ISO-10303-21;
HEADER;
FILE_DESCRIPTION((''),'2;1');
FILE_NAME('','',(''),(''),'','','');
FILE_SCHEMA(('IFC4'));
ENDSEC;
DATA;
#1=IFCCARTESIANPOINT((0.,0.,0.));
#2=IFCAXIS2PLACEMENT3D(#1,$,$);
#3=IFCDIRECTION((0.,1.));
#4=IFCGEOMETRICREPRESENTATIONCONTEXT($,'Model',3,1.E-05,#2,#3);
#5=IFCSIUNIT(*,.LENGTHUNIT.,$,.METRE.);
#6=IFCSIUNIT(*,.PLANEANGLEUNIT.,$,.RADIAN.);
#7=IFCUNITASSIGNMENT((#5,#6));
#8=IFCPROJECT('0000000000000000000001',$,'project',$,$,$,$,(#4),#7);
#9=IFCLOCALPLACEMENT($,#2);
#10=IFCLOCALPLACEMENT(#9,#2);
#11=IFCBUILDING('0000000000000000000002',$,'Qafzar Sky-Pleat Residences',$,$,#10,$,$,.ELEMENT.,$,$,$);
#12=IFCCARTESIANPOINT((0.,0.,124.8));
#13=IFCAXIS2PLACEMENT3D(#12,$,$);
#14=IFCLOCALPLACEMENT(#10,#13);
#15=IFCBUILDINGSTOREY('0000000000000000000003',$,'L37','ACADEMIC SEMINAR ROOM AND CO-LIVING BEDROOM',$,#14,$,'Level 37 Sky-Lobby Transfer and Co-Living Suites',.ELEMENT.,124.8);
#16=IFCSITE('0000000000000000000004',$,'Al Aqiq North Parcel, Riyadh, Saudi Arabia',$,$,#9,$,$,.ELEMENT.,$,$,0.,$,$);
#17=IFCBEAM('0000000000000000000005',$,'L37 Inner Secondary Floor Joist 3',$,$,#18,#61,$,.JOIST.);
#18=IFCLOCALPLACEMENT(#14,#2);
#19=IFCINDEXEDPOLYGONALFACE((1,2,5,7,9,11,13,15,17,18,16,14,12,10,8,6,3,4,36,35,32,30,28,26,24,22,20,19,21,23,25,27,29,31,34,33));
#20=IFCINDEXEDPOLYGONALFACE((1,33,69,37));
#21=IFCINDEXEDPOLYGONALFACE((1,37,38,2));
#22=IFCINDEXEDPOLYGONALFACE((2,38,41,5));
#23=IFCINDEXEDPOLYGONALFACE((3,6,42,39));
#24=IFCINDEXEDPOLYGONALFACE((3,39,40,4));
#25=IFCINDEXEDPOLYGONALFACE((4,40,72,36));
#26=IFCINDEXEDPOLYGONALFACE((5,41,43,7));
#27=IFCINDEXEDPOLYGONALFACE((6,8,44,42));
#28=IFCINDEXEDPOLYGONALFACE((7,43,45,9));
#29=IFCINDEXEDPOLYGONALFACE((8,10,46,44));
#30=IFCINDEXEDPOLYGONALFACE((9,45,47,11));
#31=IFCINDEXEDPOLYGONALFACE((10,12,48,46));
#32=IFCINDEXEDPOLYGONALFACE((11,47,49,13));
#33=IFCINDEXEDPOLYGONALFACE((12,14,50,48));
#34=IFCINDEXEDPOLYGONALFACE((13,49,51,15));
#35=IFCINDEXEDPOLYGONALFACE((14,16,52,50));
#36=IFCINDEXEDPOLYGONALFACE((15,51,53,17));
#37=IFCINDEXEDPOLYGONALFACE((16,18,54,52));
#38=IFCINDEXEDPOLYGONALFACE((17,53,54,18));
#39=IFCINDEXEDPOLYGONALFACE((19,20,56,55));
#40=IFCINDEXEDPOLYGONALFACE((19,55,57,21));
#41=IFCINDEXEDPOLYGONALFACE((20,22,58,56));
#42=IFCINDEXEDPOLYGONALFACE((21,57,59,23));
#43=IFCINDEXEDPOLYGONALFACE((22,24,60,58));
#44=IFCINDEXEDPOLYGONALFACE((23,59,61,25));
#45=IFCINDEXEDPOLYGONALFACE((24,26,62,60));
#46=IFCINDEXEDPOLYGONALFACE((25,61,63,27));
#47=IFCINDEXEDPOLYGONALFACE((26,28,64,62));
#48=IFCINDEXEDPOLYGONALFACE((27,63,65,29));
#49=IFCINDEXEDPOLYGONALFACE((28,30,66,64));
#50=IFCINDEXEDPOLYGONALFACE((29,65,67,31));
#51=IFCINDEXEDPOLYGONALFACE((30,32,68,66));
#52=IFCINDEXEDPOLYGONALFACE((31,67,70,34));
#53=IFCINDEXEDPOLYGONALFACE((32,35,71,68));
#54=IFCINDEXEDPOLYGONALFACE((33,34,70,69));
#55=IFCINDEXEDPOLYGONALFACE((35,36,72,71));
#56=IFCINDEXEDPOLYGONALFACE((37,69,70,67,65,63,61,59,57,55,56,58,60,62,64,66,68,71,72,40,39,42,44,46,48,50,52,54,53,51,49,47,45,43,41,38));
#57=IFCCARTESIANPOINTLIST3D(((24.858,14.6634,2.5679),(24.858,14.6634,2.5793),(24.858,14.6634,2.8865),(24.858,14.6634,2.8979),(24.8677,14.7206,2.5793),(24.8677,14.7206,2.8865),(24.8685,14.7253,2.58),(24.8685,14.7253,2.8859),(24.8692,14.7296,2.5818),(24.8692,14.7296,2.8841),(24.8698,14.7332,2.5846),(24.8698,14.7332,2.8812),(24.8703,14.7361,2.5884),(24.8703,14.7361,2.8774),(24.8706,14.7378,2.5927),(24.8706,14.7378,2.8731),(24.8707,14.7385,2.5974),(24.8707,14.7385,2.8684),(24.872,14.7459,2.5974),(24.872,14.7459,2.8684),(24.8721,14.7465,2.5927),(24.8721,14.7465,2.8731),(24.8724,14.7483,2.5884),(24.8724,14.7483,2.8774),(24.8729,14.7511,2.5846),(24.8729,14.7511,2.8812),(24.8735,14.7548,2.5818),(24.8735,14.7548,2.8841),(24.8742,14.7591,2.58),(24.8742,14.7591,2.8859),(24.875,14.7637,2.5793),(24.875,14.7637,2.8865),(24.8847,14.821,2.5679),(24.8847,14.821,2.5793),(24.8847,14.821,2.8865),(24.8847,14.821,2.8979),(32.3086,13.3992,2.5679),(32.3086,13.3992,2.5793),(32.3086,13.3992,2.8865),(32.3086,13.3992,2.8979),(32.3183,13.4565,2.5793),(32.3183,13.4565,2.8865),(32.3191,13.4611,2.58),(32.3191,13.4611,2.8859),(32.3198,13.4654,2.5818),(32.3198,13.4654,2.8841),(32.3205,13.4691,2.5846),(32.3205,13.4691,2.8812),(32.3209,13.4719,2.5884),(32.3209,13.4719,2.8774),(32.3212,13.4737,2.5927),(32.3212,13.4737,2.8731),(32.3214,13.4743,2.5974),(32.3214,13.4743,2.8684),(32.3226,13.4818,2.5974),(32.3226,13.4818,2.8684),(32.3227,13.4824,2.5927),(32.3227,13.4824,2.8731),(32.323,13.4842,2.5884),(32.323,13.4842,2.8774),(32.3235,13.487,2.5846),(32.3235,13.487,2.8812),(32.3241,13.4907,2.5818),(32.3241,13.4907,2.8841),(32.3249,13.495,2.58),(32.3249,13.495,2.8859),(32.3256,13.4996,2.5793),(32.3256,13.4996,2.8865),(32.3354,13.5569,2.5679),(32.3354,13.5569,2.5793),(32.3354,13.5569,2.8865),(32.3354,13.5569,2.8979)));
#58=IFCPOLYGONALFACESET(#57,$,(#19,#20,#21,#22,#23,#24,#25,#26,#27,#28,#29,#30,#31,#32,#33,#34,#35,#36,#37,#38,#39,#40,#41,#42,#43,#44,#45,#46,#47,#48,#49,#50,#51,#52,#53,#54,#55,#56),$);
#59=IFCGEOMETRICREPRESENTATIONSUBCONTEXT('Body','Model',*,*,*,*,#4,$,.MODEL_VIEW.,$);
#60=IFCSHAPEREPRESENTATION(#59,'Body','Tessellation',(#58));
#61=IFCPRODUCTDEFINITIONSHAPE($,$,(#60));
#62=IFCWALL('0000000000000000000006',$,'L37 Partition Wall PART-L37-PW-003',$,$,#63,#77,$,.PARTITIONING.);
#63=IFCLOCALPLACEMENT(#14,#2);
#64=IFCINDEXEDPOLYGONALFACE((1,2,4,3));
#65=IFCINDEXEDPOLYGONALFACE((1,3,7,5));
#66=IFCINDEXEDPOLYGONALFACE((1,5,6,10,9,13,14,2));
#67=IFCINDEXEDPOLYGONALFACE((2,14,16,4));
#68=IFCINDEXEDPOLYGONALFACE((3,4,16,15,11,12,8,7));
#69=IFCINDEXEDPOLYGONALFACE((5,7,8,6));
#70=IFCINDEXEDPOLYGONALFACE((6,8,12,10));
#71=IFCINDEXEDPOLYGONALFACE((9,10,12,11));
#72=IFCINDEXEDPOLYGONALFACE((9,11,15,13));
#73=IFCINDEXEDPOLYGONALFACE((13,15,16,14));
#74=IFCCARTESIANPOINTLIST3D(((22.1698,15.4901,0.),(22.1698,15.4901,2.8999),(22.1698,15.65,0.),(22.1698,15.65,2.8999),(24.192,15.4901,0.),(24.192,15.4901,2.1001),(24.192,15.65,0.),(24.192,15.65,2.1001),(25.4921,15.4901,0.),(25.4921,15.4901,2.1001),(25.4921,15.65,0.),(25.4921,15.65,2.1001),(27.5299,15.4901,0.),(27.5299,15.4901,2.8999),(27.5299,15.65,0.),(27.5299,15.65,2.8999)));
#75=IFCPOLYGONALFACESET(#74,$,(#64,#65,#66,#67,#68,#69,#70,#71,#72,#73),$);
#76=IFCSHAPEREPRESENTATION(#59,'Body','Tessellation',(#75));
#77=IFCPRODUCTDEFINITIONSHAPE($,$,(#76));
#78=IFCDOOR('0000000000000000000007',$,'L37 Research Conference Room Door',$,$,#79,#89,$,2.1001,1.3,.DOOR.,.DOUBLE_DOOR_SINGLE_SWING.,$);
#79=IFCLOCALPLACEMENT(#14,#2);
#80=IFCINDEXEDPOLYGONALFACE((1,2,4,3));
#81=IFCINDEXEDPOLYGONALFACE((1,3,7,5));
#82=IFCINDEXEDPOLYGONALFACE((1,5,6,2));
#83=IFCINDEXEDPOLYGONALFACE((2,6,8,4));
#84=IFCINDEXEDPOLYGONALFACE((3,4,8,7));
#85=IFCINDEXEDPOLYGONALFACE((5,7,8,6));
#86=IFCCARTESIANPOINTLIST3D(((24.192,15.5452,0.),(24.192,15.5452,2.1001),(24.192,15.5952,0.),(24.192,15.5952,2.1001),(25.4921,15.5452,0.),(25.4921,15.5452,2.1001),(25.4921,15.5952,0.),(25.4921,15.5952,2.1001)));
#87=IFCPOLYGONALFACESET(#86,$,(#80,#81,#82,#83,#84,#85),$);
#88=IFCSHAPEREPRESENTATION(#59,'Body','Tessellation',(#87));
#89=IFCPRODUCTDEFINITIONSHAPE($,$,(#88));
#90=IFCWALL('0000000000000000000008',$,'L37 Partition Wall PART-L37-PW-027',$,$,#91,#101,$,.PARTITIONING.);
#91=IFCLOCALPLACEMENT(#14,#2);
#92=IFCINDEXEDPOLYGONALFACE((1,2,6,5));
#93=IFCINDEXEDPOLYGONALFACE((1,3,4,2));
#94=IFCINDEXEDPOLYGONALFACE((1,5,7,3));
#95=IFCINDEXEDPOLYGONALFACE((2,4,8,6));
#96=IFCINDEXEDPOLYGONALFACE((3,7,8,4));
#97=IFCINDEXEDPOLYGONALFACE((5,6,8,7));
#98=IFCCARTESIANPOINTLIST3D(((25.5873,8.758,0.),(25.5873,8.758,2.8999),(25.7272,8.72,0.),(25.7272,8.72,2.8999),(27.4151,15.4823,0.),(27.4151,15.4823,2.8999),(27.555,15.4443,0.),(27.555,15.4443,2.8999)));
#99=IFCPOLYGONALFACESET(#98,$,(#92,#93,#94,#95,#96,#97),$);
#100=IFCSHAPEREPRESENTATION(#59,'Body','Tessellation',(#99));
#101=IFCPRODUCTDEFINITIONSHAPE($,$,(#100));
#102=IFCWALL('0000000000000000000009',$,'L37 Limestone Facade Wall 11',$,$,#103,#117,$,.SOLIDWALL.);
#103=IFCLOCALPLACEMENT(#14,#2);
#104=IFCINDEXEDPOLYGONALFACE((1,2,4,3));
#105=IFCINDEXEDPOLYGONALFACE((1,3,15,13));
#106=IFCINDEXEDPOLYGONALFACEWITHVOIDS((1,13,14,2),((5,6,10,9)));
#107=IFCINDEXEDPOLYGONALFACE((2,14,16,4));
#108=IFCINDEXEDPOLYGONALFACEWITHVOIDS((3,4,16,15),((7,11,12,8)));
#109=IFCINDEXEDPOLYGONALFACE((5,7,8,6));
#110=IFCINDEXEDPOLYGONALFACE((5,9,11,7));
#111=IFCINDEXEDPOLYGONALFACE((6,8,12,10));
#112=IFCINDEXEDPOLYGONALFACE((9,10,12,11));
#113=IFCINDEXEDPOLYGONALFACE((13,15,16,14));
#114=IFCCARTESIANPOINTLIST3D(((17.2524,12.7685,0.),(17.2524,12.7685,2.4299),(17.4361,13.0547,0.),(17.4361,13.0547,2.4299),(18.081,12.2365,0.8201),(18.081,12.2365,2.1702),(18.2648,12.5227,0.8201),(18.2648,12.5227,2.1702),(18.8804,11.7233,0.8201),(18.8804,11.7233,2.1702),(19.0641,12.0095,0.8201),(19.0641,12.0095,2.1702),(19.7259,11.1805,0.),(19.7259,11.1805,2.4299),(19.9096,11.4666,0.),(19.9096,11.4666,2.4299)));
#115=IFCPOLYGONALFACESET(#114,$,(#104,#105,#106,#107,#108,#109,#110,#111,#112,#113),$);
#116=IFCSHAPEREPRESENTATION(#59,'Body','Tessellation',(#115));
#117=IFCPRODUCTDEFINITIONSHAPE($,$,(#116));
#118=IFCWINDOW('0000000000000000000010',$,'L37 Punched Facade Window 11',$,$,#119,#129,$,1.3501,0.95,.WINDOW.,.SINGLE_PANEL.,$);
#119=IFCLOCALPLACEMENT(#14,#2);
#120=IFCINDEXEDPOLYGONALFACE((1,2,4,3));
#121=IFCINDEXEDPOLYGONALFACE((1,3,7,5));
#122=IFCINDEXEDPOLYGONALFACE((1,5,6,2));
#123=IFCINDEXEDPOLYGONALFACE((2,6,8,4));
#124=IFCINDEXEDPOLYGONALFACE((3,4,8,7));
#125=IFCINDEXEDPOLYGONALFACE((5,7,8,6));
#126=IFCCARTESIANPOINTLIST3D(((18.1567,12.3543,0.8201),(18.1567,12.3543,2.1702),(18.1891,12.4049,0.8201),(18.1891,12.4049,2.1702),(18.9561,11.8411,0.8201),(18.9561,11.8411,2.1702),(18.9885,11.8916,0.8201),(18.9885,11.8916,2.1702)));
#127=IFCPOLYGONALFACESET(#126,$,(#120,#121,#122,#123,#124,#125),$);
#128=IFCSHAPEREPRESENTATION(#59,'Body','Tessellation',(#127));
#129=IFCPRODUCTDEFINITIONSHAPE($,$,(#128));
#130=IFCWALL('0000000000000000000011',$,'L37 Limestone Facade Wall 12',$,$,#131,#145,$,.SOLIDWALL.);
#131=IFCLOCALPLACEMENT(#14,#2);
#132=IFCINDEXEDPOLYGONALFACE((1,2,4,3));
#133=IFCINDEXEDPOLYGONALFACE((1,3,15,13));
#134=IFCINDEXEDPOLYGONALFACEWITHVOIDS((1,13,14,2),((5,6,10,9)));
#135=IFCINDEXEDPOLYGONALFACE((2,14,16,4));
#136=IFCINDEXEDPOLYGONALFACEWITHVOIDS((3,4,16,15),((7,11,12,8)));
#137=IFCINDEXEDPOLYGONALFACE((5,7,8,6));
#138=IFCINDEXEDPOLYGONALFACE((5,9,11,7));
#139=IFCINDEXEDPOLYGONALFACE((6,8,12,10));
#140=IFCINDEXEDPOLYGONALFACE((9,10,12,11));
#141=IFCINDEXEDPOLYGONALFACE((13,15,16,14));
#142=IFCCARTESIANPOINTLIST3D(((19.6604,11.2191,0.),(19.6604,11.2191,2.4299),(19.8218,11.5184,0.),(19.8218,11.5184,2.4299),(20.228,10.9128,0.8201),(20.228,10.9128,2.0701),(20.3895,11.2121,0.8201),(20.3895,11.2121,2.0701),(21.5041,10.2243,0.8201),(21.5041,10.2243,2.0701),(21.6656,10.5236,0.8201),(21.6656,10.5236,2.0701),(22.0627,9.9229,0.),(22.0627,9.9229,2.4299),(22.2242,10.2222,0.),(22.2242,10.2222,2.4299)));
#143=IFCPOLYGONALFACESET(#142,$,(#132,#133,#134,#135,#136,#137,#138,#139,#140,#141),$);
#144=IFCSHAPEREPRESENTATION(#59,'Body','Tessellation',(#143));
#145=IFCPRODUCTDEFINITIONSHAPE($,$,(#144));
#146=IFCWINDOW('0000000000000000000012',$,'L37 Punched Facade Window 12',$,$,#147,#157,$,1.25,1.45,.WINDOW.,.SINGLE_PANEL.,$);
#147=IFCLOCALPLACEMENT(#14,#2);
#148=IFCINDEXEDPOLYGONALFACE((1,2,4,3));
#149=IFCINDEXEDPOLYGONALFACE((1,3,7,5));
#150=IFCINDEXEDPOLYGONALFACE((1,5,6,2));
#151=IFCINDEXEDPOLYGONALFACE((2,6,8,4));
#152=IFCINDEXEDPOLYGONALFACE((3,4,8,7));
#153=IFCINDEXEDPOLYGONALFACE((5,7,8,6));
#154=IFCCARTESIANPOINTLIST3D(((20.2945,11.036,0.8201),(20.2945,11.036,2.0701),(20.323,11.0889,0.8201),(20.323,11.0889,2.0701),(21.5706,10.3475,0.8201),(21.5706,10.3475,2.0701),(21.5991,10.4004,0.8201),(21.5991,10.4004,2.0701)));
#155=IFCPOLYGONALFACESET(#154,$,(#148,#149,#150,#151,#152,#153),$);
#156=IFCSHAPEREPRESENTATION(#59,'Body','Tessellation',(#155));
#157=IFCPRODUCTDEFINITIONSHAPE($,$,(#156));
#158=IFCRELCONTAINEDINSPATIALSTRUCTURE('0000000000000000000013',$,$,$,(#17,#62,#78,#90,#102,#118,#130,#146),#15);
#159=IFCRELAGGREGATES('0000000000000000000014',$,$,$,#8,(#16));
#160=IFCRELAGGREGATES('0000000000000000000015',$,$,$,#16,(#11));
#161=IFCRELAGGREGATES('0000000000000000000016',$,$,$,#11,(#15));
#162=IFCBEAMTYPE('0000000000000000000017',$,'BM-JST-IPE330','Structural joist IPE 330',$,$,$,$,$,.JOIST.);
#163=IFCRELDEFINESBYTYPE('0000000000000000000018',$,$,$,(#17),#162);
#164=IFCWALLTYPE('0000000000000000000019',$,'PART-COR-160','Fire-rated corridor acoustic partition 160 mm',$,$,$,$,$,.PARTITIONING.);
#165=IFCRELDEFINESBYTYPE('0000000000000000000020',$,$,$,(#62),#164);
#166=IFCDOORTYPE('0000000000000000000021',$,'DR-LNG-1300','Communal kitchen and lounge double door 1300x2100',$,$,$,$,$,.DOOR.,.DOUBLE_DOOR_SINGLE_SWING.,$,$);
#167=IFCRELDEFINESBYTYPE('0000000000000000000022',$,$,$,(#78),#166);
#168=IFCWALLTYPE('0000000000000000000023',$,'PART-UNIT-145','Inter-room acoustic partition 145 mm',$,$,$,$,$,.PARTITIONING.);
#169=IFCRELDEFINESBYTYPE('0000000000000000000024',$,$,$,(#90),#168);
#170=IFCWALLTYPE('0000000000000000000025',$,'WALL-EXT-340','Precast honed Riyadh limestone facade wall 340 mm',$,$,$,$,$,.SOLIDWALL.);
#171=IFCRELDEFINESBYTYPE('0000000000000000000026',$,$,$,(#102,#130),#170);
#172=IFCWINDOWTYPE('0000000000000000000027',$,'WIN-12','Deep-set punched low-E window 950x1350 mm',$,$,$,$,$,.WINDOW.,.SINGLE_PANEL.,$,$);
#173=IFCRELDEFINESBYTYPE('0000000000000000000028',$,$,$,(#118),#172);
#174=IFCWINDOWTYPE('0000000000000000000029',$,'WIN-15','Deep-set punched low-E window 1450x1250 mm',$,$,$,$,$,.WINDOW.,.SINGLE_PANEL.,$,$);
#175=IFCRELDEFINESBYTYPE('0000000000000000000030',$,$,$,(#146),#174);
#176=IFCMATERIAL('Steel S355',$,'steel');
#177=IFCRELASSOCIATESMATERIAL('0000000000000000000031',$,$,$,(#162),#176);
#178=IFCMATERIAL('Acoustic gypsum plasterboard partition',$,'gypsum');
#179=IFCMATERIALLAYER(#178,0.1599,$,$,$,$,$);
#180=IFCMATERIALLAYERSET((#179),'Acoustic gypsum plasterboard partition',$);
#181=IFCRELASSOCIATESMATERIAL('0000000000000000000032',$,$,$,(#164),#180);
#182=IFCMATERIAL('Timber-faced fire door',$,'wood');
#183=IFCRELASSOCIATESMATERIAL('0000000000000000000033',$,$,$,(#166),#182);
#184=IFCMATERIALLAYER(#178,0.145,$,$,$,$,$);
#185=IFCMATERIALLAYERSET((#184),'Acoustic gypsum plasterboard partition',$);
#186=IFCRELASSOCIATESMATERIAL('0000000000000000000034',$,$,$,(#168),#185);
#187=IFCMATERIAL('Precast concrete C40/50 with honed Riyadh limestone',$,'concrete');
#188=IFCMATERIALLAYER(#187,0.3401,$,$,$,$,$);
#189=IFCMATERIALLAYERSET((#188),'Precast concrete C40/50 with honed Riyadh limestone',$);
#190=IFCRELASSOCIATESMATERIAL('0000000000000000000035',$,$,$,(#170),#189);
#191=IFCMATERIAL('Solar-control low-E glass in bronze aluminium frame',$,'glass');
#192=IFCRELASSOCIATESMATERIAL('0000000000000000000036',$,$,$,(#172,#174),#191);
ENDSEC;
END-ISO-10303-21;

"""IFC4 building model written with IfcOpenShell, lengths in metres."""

from ifc_helpers import new_model, si_unit, direction, frame, frame_2d, origin, origin_2d, place, context, subcontext, project, spatial, rectangle, i_section, extrude, source, transform, mapped, material, layer, layer_set, material_profile, profile_set, type_object, element, fill, save


model = new_model("IFC4")

# Units and contexts
model_context = context("Model", 3, precision=1e-05, world=origin(), true_north=direction((0.0, 1.0)))
body_context = subcontext(model_context, "Body", "Model", "MODEL_VIEW")
ifc_project = project(units=[si_unit("LENGTHUNIT", "METRE"), si_unit("PLANEANGLEUNIT", "RADIAN")], contexts=[model_context])

# Site, building, storey
site_placement = place(None, origin())
site = spatial("IfcSite", under=ifc_project, at=site_placement, Name="Al Aqiq North Parcel, Riyadh, Saudi Arabia", CompositionType="ELEMENT", RefElevation=0.0)
building_placement = place(site_placement, origin())
building = spatial("IfcBuilding", under=site, at=building_placement, Name="Qafzar Sky-Pleat Residences", CompositionType="ELEMENT")
storey_placement = place(building_placement, frame((0.0, 0.0, 124.8)))
storey = spatial("IfcBuildingStorey", under=building, at=storey_placement, Name="L37", Description="ACADEMIC SEMINAR ROOM AND CO-LIVING BEDROOM", LongName="Level 37 Sky-Lobby Transfer and Co-Living Suites", CompositionType="ELEMENT", Elevation=124.8)

# Beam
ifc_material_1 = material(Name="Steel S355", Category="steel")
ifc_material_profile_1 = material_profile(ifc_material_1, i_section(OverallWidth=0.1599, OverallDepth=0.3301, WebThickness=0.0076, FlangeThickness=0.0115, FilletRadius=0.0181, at=origin_2d()), Name="IPE 330")
ifc_profile_set_1 = profile_set([ifc_material_profile_1], Name="Steel S355")
beam_type_1 = type_object("IfcBeamType", Name="BM-JST-IPE330", Description="Structural joist IPE 330", PredefinedType="JOIST", material=ifc_profile_set_1)
shared_shape_1 = source(origin(), body_context, "Body", "SweptSolid", [
    extrude(i_section(OverallWidth=0.1599, OverallDepth=0.3301, WebThickness=0.0076, FlangeThickness=0.0115, FilletRadius=0.0181, at=origin_2d()), origin(), (0.0, 0.0, 1.0), 7.5571),
])
beam_1_placement = place(storey_placement, frame((24.8713, 14.7422, 2.7329), z_axis=(0.985909, -0.16728, 0.0), x_axis=(0.16728, 0.985909, 0.0)))
element("IfcBeam", 1, at=beam_1_placement, inside=storey, type_object=beam_type_1, Name="L37 Inner Secondary Floor Joist 3", PredefinedType="JOIST", context=body_context, shape_type="MappedRepresentation", body=[
    mapped(shared_shape_1, transform((0.0, 0.0, 0.0), x_axis=(1.0, 0.0, 0.0), y_axis=(0.0, 1.0, 0.0), z_axis=(0.0, 0.0, 1.0), scale=1.0)),
])

# Wall, opening, door
ifc_material_2 = material(Name="Acoustic gypsum plasterboard partition", Category="gypsum")
ifc_layer_1 = layer(ifc_material_2, 0.1599)
ifc_layer_set_1 = layer_set([ifc_layer_1], Name="Acoustic gypsum plasterboard partition")
wall_type_1 = type_object("IfcWallType", Name="PART-COR-160", Description="Fire-rated corridor acoustic partition 160 mm", PredefinedType="PARTITIONING", material=ifc_layer_set_1)
wall_1_placement = place(storey_placement, frame((27.53, 15.5701, 0.0), z_axis=(0.0, 0.0, 1.0), x_axis=(-1.0, 0.0, 0.0)))
wall_1 = element("IfcWall", 2, at=wall_1_placement, inside=storey, type_object=wall_type_1, Name="L37 Partition Wall PART-L37-PW-003", PredefinedType="PARTITIONING", context=body_context, shape_type="SweptSolid", body=[
    extrude(rectangle(XDim=5.3601, YDim=0.1599, at=frame_2d((2.6802, 0.0))), origin(), (0.0, 0.0, 1.0), 2.8999),
])
opening_1_placement = place(wall_1_placement, frame((2.0381, 0.0, 0.0)))
opening_1 = element("IfcOpeningElement", 3, at=opening_1_placement, cuts=wall_1, PredefinedType="OPENING", context=body_context, shape_type="SweptSolid", body=[
    extrude(rectangle(XDim=1.3, YDim=2.1001, at=frame_2d((0.6499, 1.05))), frame((0.0, 0.0898, 0.0), z_axis=(0.0, -1.0, 0.0), x_axis=(1.0, 0.0, 0.0)), (0.0, 0.0, 1.0), 0.1799),
])
ifc_material_3 = material(Name="Timber-faced fire door", Category="wood")
door_type = type_object("IfcDoorType", Name="DR-LNG-1300", Description="Communal kitchen and lounge double door 1300x2100", OperationType="DOUBLE_DOOR_SINGLE_SWING", PredefinedType="DOOR", material=ifc_material_3)
shared_shape_2 = source(origin(), body_context, "Body", "SweptSolid", [
    extrude(rectangle(XDim=1.3, YDim=2.1001, at=frame_2d((0.6499, 1.05))), frame((0.0, 0.0249, 0.0), z_axis=(0.0, -1.0, 0.0), x_axis=(1.0, 0.0, 0.0)), (0.0, 0.0, 1.0), 0.05),
])
door_placement = place(opening_1_placement, origin())
door = element("IfcDoor", 4, at=door_placement, inside=storey, type_object=door_type, Name="L37 Research Conference Room Door", OperationType="DOUBLE_DOOR_SINGLE_SWING", OverallHeight=2.1001, OverallWidth=1.3, PredefinedType="DOOR", context=body_context, shape_type="MappedRepresentation", body=[
    mapped(shared_shape_2, transform((0.0, 0.0, 0.0), x_axis=(1.0, 0.0, 0.0), y_axis=(0.0, 1.0, 0.0), z_axis=(0.0, 0.0, 1.0), scale=1.0)),
])
fill(opening_1, door)

# Wall
ifc_layer_2 = layer(ifc_material_2, 0.145)
ifc_layer_set_2 = layer_set([ifc_layer_2], Name="Acoustic gypsum plasterboard partition")
wall_type_2 = type_object("IfcWallType", Name="PART-UNIT-145", Description="Inter-room acoustic partition 145 mm", PredefinedType="PARTITIONING", material=ifc_layer_set_2)
wall_2_placement = place(storey_placement, frame((25.6572, 8.739, 0.0), z_axis=(0.0, 0.0, 1.0), x_axis=(0.262311, 0.964983, 0.0)))
element("IfcWall", 5, at=wall_2_placement, inside=storey, type_object=wall_type_2, Name="L37 Partition Wall PART-L37-PW-027", PredefinedType="PARTITIONING", context=body_context, shape_type="SweptSolid", body=[
    extrude(rectangle(XDim=6.9683, YDim=0.145, at=frame_2d((3.4841, 0.0))), origin(), (0.0, 0.0, 1.0), 2.8999),
])

# Walls, openings, windows
ifc_material_4 = material(Name="Precast concrete C40/50 with honed Riyadh limestone", Category="concrete")
ifc_layer_3 = layer(ifc_material_4, 0.3401)
ifc_layer_set_3 = layer_set([ifc_layer_3], Name="Precast concrete C40/50 with honed Riyadh limestone")
wall_type_3 = type_object("IfcWallType", Name="WALL-EXT-340", Description="Precast honed Riyadh limestone facade wall 340 mm", PredefinedType="SOLIDWALL", material=ifc_layer_set_3)
wall_3_placement = place(storey_placement, frame((17.3442, 12.9116, 0.0), z_axis=(0.0, 0.0, 1.0), x_axis=(0.841497, -0.540262, 0.0)))
wall_3 = element("IfcWall", 6, at=wall_3_placement, inside=storey, type_object=wall_type_3, Name="L37 Limestone Facade Wall 11", PredefinedType="SOLIDWALL", context=body_context, shape_type="SweptSolid", body=[
    extrude(rectangle(XDim=2.9395, YDim=0.3401, at=frame_2d((1.4697, 0.0))), origin(), (0.0, 0.0, 1.0), 2.4299),
])
opening_2_placement = place(wall_3_placement, frame((0.9846, 0.0, 0.8201)))
opening_2 = element("IfcOpeningElement", 7, at=opening_2_placement, cuts=wall_3, PredefinedType="OPENING", context=body_context, shape_type="SweptSolid", body=[
    extrude(rectangle(XDim=0.95, YDim=1.3501, at=frame_2d((0.4751, 0.675))), frame((0.0, 0.1802, 0.0), z_axis=(0.0, -1.0, 0.0), x_axis=(1.0, 0.0, 0.0)), (0.0, 0.0, 1.0), 0.3601),
])
ifc_material_5 = material(Name="Solar-control low-E glass in bronze aluminium frame", Category="glass")
window_type_1 = type_object("IfcWindowType", Name="WIN-12", Description="Deep-set punched low-E window 950x1350 mm", PartitioningType="SINGLE_PANEL", PredefinedType="WINDOW", material=ifc_material_5)
shared_shape_3 = source(origin(), body_context, "Body", "SweptSolid", [
    extrude(rectangle(XDim=0.95, YDim=1.3501, at=frame_2d((0.4751, 0.675))), frame((0.0, 0.03, 0.0), z_axis=(0.0, -1.0, 0.0), x_axis=(1.0, 0.0, 0.0)), (0.0, 0.0, 1.0), 0.0601),
])
window_1_placement = place(opening_2_placement, origin())
window_1 = element("IfcWindow", 8, at=window_1_placement, inside=storey, type_object=window_type_1, Name="L37 Punched Facade Window 11", OverallHeight=1.3501, OverallWidth=0.95, PartitioningType="SINGLE_PANEL", PredefinedType="WINDOW", context=body_context, shape_type="MappedRepresentation", body=[
    mapped(shared_shape_3, transform((0.0, 0.0, 0.0), x_axis=(1.0, 0.0, 0.0), y_axis=(0.0, 1.0, 0.0), z_axis=(0.0, 0.0, 1.0), scale=1.0)),
])
fill(opening_2, window_1)
wall_4_placement = place(storey_placement, frame((19.7412, 11.3687, 0.0), z_axis=(0.0, 0.0, 1.0), x_axis=(0.880077, -0.47483, 0.0)))
wall_4 = element("IfcWall", 9, at=wall_4_placement, inside=storey, type_object=wall_type_3, Name="L37 Limestone Facade Wall 12", PredefinedType="SOLIDWALL", context=body_context, shape_type="SweptSolid", body=[
    extrude(rectangle(XDim=2.7297, YDim=0.3401, at=frame_2d((1.3647, 0.0))), origin(), (0.0, 0.0, 1.0), 2.4299),
])
opening_3_placement = place(wall_4_placement, frame((0.6448, 0.0, 0.8201)))
opening_3 = element("IfcOpeningElement", 10, at=opening_3_placement, cuts=wall_4, PredefinedType="OPENING", context=body_context, shape_type="SweptSolid", body=[
    extrude(rectangle(XDim=1.45, YDim=1.25, at=frame_2d((0.7251, 0.625))), frame((0.0, 0.1802, 0.0), z_axis=(0.0, -1.0, 0.0), x_axis=(1.0, 0.0, 0.0)), (0.0, 0.0, 1.0), 0.3601),
])
window_type_2 = type_object("IfcWindowType", Name="WIN-15", Description="Deep-set punched low-E window 1450x1250 mm", PartitioningType="SINGLE_PANEL", PredefinedType="WINDOW", material=ifc_material_5)
shared_shape_4 = source(origin(), body_context, "Body", "SweptSolid", [
    extrude(rectangle(XDim=1.45, YDim=1.25, at=frame_2d((0.7251, 0.625))), frame((0.0, 0.03, 0.0), z_axis=(0.0, -1.0, 0.0), x_axis=(1.0, 0.0, 0.0)), (0.0, 0.0, 1.0), 0.0601),
])
window_2_placement = place(opening_3_placement, origin())
window_2 = element("IfcWindow", 11, at=window_2_placement, inside=storey, type_object=window_type_2, Name="L37 Punched Facade Window 12", OverallHeight=1.25, OverallWidth=1.45, PartitioningType="SINGLE_PANEL", PredefinedType="WINDOW", context=body_context, shape_type="MappedRepresentation", body=[
    mapped(shared_shape_4, transform((0.0, 0.0, 0.0), x_axis=(1.0, 0.0, 0.0), y_axis=(0.0, 1.0, 0.0), z_axis=(0.0, 0.0, 1.0), scale=1.0)),
])
fill(opening_3, window_2)

save(model, "model.ifc")
